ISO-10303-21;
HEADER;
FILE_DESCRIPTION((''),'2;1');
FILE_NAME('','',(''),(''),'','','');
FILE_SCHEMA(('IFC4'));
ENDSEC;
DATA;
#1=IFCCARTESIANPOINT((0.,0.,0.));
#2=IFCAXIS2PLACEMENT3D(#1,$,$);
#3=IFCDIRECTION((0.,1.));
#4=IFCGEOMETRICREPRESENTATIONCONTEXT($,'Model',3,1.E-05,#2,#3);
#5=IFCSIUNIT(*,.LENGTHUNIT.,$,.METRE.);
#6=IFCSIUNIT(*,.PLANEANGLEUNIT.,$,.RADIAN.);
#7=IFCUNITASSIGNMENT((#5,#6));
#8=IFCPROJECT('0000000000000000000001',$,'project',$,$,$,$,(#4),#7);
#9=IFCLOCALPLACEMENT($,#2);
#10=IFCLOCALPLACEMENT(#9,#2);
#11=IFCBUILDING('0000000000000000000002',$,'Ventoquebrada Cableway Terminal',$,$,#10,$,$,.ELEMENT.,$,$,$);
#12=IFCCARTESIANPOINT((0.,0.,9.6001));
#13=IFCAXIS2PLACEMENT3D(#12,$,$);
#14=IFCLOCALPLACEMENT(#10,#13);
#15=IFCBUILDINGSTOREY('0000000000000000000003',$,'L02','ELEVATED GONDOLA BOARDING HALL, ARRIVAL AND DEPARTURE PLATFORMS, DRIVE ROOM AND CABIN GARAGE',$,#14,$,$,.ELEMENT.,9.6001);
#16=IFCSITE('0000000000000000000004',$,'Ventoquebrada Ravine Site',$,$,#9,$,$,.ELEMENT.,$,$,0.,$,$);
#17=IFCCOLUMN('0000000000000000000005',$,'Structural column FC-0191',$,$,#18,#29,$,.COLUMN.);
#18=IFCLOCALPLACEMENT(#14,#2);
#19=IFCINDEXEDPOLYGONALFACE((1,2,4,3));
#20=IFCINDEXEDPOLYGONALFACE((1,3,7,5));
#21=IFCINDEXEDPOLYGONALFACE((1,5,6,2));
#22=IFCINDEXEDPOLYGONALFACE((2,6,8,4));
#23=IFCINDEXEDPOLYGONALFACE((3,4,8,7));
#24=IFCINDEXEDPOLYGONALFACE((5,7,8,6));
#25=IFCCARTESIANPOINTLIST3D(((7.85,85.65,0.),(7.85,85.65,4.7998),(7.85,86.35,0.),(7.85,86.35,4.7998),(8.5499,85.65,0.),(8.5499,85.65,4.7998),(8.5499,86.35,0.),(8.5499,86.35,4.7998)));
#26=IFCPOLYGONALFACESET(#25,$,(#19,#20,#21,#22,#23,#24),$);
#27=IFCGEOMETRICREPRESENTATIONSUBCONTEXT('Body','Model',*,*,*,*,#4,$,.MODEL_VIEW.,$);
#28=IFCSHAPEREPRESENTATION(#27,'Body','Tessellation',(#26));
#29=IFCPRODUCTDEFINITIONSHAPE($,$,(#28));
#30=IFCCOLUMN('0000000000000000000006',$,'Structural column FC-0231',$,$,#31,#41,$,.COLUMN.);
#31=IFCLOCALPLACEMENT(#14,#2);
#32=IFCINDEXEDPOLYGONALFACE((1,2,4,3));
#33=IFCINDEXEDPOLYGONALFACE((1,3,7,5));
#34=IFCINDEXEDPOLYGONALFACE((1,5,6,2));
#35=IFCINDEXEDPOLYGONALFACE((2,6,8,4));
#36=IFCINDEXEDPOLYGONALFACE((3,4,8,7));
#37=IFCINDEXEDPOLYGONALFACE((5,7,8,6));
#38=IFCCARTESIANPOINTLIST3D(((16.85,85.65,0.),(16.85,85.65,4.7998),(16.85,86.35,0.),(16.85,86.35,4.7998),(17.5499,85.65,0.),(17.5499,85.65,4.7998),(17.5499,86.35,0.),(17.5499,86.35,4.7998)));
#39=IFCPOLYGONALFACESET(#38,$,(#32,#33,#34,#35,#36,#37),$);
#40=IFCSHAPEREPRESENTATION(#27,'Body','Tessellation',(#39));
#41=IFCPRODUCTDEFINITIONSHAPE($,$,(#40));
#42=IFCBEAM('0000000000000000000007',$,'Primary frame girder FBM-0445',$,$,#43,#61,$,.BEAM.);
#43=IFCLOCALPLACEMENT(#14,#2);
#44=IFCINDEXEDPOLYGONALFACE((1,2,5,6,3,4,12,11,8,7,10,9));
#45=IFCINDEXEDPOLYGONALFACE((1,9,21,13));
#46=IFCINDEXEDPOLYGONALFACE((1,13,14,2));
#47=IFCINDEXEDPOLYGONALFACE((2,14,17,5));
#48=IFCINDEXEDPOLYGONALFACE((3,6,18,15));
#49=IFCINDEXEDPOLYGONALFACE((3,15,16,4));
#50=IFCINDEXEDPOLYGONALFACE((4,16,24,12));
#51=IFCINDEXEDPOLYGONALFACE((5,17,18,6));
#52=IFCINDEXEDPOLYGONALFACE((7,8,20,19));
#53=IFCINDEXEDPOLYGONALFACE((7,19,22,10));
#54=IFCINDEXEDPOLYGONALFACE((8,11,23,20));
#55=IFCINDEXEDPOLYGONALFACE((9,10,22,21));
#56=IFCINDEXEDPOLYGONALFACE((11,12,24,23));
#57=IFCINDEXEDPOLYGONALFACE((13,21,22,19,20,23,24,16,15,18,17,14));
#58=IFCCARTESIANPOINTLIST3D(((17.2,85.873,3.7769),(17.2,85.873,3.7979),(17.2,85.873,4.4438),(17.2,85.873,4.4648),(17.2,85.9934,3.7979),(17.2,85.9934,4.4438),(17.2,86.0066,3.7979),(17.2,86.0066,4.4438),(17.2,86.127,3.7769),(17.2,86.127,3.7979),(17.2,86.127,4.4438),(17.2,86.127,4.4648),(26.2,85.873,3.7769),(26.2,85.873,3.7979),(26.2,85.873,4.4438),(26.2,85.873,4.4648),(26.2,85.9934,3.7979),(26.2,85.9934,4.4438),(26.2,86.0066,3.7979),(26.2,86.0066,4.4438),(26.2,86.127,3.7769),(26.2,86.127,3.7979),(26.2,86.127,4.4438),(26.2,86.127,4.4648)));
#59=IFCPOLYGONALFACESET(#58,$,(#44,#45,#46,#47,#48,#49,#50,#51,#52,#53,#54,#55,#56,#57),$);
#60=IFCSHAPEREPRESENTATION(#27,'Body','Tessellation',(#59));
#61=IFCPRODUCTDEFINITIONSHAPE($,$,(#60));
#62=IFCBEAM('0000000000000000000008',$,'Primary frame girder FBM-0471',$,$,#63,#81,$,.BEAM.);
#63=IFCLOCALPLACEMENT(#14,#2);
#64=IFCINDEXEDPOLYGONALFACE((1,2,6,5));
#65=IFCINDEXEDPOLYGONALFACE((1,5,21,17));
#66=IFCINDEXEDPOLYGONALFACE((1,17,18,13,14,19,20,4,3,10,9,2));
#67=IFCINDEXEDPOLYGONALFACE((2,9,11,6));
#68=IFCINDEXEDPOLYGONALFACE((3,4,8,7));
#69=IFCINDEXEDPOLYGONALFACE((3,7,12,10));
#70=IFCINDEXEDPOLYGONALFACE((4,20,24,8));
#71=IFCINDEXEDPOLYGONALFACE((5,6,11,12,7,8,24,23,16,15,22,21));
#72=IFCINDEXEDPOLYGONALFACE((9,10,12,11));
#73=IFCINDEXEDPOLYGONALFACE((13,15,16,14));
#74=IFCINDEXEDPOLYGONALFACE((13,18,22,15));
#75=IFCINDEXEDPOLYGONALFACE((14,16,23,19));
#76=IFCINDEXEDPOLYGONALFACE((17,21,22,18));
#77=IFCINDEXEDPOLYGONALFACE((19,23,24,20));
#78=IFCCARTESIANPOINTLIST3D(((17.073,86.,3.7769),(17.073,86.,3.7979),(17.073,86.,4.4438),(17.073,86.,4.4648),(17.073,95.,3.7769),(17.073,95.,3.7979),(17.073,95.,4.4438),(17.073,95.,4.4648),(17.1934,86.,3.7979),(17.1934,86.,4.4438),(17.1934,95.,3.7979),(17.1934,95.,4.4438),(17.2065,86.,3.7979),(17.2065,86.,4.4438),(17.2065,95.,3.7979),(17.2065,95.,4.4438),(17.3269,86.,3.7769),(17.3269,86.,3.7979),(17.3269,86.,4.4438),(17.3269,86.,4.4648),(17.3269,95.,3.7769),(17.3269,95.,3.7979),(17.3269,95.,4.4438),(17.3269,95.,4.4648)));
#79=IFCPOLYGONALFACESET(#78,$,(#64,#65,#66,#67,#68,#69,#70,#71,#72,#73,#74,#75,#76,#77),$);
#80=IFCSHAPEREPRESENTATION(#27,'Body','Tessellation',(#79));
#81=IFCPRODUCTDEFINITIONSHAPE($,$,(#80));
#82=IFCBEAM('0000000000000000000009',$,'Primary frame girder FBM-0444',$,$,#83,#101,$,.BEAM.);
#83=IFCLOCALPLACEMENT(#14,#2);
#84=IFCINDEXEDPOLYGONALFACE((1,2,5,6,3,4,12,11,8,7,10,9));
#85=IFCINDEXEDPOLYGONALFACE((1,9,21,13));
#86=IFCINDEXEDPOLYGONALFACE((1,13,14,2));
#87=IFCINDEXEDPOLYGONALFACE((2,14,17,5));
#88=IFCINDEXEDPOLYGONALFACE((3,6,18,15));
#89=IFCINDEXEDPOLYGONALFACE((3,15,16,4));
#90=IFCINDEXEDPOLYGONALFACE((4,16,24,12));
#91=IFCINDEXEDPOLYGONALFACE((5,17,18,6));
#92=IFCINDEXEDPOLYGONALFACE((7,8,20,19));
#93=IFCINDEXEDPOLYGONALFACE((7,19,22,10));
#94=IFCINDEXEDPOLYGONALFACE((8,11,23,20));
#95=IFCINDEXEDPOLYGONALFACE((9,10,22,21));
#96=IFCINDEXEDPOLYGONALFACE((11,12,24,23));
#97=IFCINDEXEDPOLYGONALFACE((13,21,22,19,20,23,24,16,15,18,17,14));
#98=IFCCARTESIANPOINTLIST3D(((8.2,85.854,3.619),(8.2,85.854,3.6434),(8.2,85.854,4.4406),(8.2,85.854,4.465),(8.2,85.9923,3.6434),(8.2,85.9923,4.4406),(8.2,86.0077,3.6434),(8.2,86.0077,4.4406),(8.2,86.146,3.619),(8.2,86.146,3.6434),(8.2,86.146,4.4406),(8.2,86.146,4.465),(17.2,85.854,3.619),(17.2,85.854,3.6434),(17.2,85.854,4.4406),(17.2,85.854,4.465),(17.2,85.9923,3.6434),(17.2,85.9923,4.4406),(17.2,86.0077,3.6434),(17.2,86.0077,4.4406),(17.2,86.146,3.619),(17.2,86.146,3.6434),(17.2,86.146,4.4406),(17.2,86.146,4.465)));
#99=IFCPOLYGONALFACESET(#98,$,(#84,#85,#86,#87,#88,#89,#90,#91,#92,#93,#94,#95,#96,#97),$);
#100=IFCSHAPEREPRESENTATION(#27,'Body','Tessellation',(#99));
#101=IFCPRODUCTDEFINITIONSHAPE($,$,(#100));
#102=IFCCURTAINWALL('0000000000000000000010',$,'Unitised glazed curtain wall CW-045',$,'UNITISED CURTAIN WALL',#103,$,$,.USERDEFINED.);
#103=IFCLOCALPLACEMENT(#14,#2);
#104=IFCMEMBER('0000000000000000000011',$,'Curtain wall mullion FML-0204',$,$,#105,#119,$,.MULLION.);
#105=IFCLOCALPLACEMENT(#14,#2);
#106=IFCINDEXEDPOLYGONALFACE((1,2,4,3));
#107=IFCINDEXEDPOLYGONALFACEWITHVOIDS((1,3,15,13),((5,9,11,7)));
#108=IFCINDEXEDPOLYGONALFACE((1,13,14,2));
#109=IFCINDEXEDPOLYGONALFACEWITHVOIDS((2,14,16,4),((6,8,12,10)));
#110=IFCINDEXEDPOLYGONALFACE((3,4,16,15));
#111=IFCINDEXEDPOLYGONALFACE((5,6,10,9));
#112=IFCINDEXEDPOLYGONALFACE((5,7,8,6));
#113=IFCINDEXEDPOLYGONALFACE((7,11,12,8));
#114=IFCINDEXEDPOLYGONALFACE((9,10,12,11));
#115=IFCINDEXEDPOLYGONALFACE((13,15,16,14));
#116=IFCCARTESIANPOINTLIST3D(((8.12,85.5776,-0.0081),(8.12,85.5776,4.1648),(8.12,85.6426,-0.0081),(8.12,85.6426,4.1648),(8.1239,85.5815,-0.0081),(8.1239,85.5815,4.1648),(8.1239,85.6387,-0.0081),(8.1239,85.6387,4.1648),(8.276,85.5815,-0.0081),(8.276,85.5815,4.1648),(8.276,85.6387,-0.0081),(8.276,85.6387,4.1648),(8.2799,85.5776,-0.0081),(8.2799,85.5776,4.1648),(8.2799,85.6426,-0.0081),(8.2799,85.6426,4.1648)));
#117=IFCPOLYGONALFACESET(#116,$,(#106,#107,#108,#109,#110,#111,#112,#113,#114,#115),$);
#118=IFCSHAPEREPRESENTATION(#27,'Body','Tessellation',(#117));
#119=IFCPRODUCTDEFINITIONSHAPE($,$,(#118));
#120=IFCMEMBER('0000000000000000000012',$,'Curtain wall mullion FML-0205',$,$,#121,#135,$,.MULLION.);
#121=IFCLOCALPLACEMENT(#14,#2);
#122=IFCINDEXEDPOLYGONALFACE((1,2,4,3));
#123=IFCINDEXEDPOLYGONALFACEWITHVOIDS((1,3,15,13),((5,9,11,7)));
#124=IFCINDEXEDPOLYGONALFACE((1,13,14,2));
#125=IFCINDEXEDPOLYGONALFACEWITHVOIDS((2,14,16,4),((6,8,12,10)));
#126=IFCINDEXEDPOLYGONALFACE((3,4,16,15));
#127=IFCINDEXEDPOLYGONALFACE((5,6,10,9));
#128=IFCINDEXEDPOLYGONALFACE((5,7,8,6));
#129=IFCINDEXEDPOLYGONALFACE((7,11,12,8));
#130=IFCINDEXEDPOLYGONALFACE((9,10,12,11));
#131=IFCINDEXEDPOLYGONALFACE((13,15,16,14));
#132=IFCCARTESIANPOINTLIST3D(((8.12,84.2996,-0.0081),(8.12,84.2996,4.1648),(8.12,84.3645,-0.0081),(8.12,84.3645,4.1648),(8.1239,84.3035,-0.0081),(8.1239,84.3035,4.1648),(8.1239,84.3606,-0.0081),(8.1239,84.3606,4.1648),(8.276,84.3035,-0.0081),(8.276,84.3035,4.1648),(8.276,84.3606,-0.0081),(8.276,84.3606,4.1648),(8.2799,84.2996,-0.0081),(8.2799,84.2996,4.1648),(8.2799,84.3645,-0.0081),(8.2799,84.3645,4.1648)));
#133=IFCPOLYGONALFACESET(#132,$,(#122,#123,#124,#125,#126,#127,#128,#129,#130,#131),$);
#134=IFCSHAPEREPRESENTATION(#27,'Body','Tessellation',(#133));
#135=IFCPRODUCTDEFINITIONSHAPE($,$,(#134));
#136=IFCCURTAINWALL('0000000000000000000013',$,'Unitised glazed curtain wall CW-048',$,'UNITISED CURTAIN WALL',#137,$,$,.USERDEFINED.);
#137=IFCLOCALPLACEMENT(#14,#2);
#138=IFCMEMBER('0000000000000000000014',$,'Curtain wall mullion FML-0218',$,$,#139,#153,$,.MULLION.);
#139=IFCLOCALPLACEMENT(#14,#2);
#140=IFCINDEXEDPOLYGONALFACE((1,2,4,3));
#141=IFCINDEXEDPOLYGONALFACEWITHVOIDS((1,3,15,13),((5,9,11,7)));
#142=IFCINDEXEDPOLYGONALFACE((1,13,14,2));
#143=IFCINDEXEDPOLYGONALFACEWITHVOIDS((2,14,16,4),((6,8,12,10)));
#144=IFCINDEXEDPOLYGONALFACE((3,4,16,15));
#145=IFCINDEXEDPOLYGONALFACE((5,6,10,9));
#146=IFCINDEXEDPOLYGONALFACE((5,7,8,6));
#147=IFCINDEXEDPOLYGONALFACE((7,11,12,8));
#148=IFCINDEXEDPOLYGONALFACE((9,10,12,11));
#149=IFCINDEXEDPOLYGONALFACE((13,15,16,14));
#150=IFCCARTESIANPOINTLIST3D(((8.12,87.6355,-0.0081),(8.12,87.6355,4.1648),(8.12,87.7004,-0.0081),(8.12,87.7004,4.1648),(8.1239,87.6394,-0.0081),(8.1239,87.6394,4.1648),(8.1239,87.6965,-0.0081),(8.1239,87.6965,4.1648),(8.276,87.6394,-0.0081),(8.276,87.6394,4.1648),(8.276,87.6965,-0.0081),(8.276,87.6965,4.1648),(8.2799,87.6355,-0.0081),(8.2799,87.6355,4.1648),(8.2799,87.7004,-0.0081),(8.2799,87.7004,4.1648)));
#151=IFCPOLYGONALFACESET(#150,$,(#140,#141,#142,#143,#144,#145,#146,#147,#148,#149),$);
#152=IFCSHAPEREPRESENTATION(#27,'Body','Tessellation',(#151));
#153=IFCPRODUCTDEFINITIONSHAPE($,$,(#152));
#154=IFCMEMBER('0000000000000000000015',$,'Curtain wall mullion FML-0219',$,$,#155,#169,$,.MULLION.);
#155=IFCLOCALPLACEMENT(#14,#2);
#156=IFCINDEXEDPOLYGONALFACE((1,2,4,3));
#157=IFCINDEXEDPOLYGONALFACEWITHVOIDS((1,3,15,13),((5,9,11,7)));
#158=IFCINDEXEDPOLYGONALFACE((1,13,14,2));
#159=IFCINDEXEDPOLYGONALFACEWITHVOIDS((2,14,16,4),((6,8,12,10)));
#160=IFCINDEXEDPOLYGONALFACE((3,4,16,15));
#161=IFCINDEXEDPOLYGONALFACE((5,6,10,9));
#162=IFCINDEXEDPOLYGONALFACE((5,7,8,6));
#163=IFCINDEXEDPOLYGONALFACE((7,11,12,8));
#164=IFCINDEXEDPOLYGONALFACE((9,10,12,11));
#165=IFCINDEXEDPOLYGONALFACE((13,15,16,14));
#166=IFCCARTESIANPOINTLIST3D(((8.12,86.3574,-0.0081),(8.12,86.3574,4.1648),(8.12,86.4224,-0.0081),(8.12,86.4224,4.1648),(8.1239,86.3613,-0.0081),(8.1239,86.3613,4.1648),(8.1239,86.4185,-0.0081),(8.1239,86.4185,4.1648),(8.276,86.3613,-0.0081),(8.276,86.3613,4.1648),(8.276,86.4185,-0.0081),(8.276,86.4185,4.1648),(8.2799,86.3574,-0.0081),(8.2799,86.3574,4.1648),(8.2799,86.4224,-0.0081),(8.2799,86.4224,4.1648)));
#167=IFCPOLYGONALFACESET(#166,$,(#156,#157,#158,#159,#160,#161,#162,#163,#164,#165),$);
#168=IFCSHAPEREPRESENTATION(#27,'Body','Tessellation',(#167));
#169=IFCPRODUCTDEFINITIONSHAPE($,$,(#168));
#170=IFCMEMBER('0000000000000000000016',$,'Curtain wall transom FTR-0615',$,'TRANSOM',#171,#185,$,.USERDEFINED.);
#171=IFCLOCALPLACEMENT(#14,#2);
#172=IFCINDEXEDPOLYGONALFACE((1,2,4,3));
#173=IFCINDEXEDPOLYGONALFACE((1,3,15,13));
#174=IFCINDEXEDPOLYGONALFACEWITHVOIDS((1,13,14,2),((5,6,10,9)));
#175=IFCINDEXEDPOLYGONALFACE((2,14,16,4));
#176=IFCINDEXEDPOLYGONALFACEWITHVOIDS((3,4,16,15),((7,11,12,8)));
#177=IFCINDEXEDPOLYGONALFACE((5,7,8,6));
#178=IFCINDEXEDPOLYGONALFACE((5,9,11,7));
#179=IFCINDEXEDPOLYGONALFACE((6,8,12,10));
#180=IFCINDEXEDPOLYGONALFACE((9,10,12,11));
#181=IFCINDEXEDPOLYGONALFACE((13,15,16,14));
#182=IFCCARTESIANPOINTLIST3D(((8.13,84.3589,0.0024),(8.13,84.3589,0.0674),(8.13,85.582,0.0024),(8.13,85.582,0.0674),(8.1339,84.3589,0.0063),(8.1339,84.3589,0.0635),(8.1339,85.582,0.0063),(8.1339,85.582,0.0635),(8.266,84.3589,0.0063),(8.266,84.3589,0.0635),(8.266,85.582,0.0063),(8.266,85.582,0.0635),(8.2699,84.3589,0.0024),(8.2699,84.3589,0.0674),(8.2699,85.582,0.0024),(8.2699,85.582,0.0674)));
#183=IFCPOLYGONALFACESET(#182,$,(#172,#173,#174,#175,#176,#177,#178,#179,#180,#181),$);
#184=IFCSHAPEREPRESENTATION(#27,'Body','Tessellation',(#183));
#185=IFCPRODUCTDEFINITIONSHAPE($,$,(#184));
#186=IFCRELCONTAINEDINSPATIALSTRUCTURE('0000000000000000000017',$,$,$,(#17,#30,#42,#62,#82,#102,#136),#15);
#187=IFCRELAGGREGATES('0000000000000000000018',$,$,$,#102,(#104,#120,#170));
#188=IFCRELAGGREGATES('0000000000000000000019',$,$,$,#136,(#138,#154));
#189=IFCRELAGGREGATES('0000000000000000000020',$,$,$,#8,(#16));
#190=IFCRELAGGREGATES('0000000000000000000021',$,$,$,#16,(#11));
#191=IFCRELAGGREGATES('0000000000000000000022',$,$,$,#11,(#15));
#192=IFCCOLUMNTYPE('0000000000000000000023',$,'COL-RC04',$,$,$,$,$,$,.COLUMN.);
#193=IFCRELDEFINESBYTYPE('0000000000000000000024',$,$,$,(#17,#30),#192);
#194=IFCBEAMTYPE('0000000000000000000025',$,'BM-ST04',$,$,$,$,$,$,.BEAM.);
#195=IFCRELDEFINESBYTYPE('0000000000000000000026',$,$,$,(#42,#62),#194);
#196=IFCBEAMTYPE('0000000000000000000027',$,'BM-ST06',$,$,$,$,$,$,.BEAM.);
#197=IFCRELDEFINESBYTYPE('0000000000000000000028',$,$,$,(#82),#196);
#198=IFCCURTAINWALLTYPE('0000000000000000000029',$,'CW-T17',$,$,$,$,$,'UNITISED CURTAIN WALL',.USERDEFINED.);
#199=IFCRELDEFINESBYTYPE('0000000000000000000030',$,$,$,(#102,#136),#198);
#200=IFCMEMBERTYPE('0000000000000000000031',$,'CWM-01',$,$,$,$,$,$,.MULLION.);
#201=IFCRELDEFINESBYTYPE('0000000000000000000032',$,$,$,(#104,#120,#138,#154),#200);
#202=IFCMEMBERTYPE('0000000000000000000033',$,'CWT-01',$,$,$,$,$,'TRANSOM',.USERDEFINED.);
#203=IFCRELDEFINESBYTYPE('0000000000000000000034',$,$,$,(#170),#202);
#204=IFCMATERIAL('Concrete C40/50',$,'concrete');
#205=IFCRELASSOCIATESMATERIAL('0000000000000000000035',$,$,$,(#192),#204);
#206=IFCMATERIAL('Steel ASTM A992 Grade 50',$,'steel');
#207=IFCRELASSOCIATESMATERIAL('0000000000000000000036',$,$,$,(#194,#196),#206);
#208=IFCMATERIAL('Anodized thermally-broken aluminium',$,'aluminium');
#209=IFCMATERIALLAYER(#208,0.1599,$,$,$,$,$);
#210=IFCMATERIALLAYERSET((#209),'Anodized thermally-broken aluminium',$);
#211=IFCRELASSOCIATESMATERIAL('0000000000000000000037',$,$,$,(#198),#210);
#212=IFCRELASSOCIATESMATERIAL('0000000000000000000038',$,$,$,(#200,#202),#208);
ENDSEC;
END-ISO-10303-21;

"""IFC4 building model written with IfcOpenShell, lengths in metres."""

from ifc_helpers import new_model, si_unit, direction, frame, origin, origin_2d, place, context, subcontext, project, spatial, rectangle, hollow_rectangle, i_section, extrude, material, layer, layer_set, material_profile, profile_set, type_object, element, aggregate, save


model = new_model("IFC4")

# Units and contexts
model_context = context("Model", 3, precision=1e-05, world=origin(), true_north=direction((0.0, 1.0)))
body_context = subcontext(model_context, "Body", "Model", "MODEL_VIEW")
ifc_project = project(units=[si_unit("LENGTHUNIT", "METRE"), si_unit("PLANEANGLEUNIT", "RADIAN")], contexts=[model_context])

# Site, building, storey
site_placement = place(None, origin())
site = spatial("IfcSite", under=ifc_project, at=site_placement, Name="Ventoquebrada Ravine Site", CompositionType="ELEMENT", RefElevation=0.0)
building_placement = place(site_placement, origin())
building = spatial("IfcBuilding", under=site, at=building_placement, Name="Ventoquebrada Cableway Terminal", CompositionType="ELEMENT")
storey_placement = place(building_placement, frame((0.0, 0.0, 9.6001)))
storey = spatial("IfcBuildingStorey", under=building, at=storey_placement, Name="L02", Description="ELEVATED GONDOLA BOARDING HALL, ARRIVAL AND DEPARTURE PLATFORMS, DRIVE ROOM AND CABIN GARAGE", CompositionType="ELEMENT", Elevation=9.6001)

# Columns
ifc_material_1 = material(Name="Concrete C40/50", Category="concrete")
ifc_material_profile_1 = material_profile(ifc_material_1, rectangle(XDim=0.7, YDim=0.7, at=origin_2d()), Name="RC-COL-700X700")
ifc_profile_set_1 = profile_set([ifc_material_profile_1], Name="Concrete C40/50")
column_type = type_object("IfcColumnType", Name="COL-RC04", PredefinedType="COLUMN", material=ifc_profile_set_1)
for number, where, z_axis, x_axis, name in (
    (1, (8.2, 86.0, 0.0), (0.0, 0.0, 1.0), (1.0, 0.0, 0.0), "Structural column FC-0191"),
    (2, (17.2, 86.0, 0.0), (0.0, 0.0, 1.0), (1.0, 0.0, 0.0), "Structural column FC-0231"),
):
    element("IfcColumn", number, at=place(storey_placement, frame(where, z_axis=z_axis, x_axis=x_axis)), inside=storey, type_object=column_type, Name=name, PredefinedType="COLUMN", context=body_context, shape_type="SweptSolid", body=[
        extrude(rectangle(XDim=0.7, YDim=0.7, at=origin_2d()), origin(), (0.0, 0.0, 1.0), 4.7998),
    ])

# Beams
ifc_material_2 = material(Name="Steel ASTM A992 Grade 50", Category="steel")
ifc_material_profile_2 = material_profile(ifc_material_2, i_section(OverallWidth=0.2539, OverallDepth=0.688, WebThickness=0.0132, FlangeThickness=0.021, at=origin_2d()), Name="W27X102")
ifc_profile_set_2 = profile_set([ifc_material_profile_2], Name="Steel ASTM A992 Grade 50")
beam_type_1 = type_object("IfcBeamType", Name="BM-ST04", PredefinedType="BEAM", material=ifc_profile_set_2)
for number, where, z_axis, x_axis, name in (
    (3, (17.2, 86.0, 4.1208), (1.0, 0.0, 0.0), (0.0, 1.0, 0.0), "Primary frame girder FBM-0445"),
    (4, (17.2, 86.0, 4.1208), (0.0, 1.0, 0.0), (-1.0, 0.0, 0.0), "Primary frame girder FBM-0471"),
):
    element("IfcBeam", number, at=place(storey_placement, frame(where, z_axis=z_axis, x_axis=x_axis)), inside=storey, type_object=beam_type_1, Name=name, PredefinedType="BEAM", context=body_context, shape_type="SweptSolid", body=[
        extrude(i_section(OverallWidth=0.2539, OverallDepth=0.688, WebThickness=0.0132, FlangeThickness=0.021, at=origin_2d()), origin(), (0.0, 0.0, 1.0), 9.0),
    ])
ifc_material_profile_3 = material_profile(ifc_material_2, i_section(OverallWidth=0.292, OverallDepth=0.8459, WebThickness=0.0154, FlangeThickness=0.0244, at=origin_2d()), Name="W33X141")
ifc_profile_set_3 = profile_set([ifc_material_profile_3], Name="Steel ASTM A992 Grade 50")
beam_type_2 = type_object("IfcBeamType", Name="BM-ST06", PredefinedType="BEAM", material=ifc_profile_set_3)
beam_1_placement = place(storey_placement, frame((8.2, 86.0, 4.042), z_axis=(1.0, 0.0, 0.0), x_axis=(0.0, 1.0, 0.0)))
element("IfcBeam", 5, at=beam_1_placement, inside=storey, type_object=beam_type_2, Name="Primary frame girder FBM-0444", PredefinedType="BEAM", context=body_context, shape_type="SweptSolid", body=[
    extrude(i_section(OverallWidth=0.292, OverallDepth=0.8459, WebThickness=0.0154, FlangeThickness=0.0244, at=origin_2d()), origin(), (0.0, 0.0, 1.0), 9.0),
])

# Curtain walls, members
ifc_material_3 = material(Name="Anodized thermally-broken aluminium", Category="aluminium")
ifc_layer_1 = layer(ifc_material_3, 0.1599)
ifc_layer_set_1 = layer_set([ifc_layer_1], Name="Anodized thermally-broken aluminium")
curtain_wall_type = type_object("IfcCurtainWallType", Name="CW-T17", ElementType="UNITISED CURTAIN WALL", PredefinedType="USERDEFINED", material=ifc_layer_set_1)
curtain_wall_1_placement = place(storey_placement, origin())
curtain_wall_1 = element("IfcCurtainWall", 6, at=curtain_wall_1_placement, inside=storey, type_object=curtain_wall_type, Name="Unitised glazed curtain wall CW-045", ObjectType="UNITISED CURTAIN WALL", PredefinedType="USERDEFINED")
ifc_material_profile_4 = material_profile(ifc_material_3, hollow_rectangle(XDim=0.0649, YDim=0.1599, WallThickness=0.0039, at=origin_2d()), Name="CW-MUL-65X160")
ifc_profile_set_4 = profile_set([ifc_material_profile_4], Name="Anodized thermally-broken aluminium")
member_type_1 = type_object("IfcMemberType", Name="CWM-01", PredefinedType="MULLION", material=ifc_profile_set_4)
member_1_placement = place(storey_placement, frame((8.2, 85.6101, -0.0081), z_axis=(0.0, 0.0, 1.0), x_axis=(0.0, -1.0, 0.0)))
member_1 = element("IfcMember", 7, at=member_1_placement, type_object=member_type_1, Name="Curtain wall mullion FML-0204", PredefinedType="MULLION", context=body_context, shape_type="SweptSolid", body=[
    extrude(hollow_rectangle(XDim=0.0649, YDim=0.1599, WallThickness=0.0039, at=origin_2d()), origin(), (0.0, 0.0, 1.0), 4.1729),
])
member_2_placement = place(storey_placement, frame((8.2, 84.332, -0.0081), z_axis=(0.0, 0.0, 1.0), x_axis=(0.0, -1.0, 0.0)))
member_2 = element("IfcMember", 8, at=member_2_placement, type_object=member_type_1, Name="Curtain wall mullion FML-0205", PredefinedType="MULLION", context=body_context, shape_type="SweptSolid", body=[
    extrude(hollow_rectangle(XDim=0.0649, YDim=0.1599, WallThickness=0.0039, at=origin_2d()), origin(), (0.0, 0.0, 1.0), 4.1729),
])
curtain_wall_2_placement = place(storey_placement, origin())
curtain_wall_2 = element("IfcCurtainWall", 9, at=curtain_wall_2_placement, inside=storey, type_object=curtain_wall_type, Name="Unitised glazed curtain wall CW-048", ObjectType="UNITISED CURTAIN WALL", PredefinedType="USERDEFINED")
member_3_placement = place(storey_placement, frame((8.2, 87.668, -0.0081), z_axis=(0.0, 0.0, 1.0), x_axis=(0.0, -1.0, 0.0)))
member_3 = element("IfcMember", 10, at=member_3_placement, type_object=member_type_1, Name="Curtain wall mullion FML-0218", PredefinedType="MULLION", context=body_context, shape_type="SweptSolid", body=[
    extrude(hollow_rectangle(XDim=0.0649, YDim=0.1599, WallThickness=0.0039, at=origin_2d()), origin(), (0.0, 0.0, 1.0), 4.1729),
])
member_4_placement = place(storey_placement, frame((8.2, 86.3899, -0.0081), z_axis=(0.0, 0.0, 1.0), x_axis=(0.0, -1.0, 0.0)))
member_4 = element("IfcMember", 11, at=member_4_placement, type_object=member_type_1, Name="Curtain wall mullion FML-0219", PredefinedType="MULLION", context=body_context, shape_type="SweptSolid", body=[
    extrude(hollow_rectangle(XDim=0.0649, YDim=0.1599, WallThickness=0.0039, at=origin_2d()), origin(), (0.0, 0.0, 1.0), 4.1729),
])

# Member
ifc_material_profile_5 = material_profile(ifc_material_3, hollow_rectangle(XDim=0.0649, YDim=0.1399, WallThickness=0.0039, at=origin_2d()), Name="CW-TRN-65X140")
ifc_profile_set_5 = profile_set([ifc_material_profile_5], Name="Anodized thermally-broken aluminium")
member_type_2 = type_object("IfcMemberType", Name="CWT-01", ElementType="TRANSOM", PredefinedType="USERDEFINED", material=ifc_profile_set_5)
member_5_placement = place(storey_placement, frame((8.2, 85.582, 0.0349), z_axis=(0.0, -1.0, 0.0), x_axis=(0.0, 0.0, 1.0)))
member_5 = element("IfcMember", 12, at=member_5_placement, type_object=member_type_2, Name="Curtain wall transom FTR-0615", ObjectType="TRANSOM", PredefinedType="USERDEFINED", context=body_context, shape_type="SweptSolid", body=[
    extrude(hollow_rectangle(XDim=0.0649, YDim=0.1399, WallThickness=0.0039, at=origin_2d()), origin(), (0.0, 0.0, 1.0), 1.2231),
])

aggregate(curtain_wall_1, [member_1, member_2, member_5])
aggregate(curtain_wall_2, [member_3, member_4])

save(model, "model.ifc")
